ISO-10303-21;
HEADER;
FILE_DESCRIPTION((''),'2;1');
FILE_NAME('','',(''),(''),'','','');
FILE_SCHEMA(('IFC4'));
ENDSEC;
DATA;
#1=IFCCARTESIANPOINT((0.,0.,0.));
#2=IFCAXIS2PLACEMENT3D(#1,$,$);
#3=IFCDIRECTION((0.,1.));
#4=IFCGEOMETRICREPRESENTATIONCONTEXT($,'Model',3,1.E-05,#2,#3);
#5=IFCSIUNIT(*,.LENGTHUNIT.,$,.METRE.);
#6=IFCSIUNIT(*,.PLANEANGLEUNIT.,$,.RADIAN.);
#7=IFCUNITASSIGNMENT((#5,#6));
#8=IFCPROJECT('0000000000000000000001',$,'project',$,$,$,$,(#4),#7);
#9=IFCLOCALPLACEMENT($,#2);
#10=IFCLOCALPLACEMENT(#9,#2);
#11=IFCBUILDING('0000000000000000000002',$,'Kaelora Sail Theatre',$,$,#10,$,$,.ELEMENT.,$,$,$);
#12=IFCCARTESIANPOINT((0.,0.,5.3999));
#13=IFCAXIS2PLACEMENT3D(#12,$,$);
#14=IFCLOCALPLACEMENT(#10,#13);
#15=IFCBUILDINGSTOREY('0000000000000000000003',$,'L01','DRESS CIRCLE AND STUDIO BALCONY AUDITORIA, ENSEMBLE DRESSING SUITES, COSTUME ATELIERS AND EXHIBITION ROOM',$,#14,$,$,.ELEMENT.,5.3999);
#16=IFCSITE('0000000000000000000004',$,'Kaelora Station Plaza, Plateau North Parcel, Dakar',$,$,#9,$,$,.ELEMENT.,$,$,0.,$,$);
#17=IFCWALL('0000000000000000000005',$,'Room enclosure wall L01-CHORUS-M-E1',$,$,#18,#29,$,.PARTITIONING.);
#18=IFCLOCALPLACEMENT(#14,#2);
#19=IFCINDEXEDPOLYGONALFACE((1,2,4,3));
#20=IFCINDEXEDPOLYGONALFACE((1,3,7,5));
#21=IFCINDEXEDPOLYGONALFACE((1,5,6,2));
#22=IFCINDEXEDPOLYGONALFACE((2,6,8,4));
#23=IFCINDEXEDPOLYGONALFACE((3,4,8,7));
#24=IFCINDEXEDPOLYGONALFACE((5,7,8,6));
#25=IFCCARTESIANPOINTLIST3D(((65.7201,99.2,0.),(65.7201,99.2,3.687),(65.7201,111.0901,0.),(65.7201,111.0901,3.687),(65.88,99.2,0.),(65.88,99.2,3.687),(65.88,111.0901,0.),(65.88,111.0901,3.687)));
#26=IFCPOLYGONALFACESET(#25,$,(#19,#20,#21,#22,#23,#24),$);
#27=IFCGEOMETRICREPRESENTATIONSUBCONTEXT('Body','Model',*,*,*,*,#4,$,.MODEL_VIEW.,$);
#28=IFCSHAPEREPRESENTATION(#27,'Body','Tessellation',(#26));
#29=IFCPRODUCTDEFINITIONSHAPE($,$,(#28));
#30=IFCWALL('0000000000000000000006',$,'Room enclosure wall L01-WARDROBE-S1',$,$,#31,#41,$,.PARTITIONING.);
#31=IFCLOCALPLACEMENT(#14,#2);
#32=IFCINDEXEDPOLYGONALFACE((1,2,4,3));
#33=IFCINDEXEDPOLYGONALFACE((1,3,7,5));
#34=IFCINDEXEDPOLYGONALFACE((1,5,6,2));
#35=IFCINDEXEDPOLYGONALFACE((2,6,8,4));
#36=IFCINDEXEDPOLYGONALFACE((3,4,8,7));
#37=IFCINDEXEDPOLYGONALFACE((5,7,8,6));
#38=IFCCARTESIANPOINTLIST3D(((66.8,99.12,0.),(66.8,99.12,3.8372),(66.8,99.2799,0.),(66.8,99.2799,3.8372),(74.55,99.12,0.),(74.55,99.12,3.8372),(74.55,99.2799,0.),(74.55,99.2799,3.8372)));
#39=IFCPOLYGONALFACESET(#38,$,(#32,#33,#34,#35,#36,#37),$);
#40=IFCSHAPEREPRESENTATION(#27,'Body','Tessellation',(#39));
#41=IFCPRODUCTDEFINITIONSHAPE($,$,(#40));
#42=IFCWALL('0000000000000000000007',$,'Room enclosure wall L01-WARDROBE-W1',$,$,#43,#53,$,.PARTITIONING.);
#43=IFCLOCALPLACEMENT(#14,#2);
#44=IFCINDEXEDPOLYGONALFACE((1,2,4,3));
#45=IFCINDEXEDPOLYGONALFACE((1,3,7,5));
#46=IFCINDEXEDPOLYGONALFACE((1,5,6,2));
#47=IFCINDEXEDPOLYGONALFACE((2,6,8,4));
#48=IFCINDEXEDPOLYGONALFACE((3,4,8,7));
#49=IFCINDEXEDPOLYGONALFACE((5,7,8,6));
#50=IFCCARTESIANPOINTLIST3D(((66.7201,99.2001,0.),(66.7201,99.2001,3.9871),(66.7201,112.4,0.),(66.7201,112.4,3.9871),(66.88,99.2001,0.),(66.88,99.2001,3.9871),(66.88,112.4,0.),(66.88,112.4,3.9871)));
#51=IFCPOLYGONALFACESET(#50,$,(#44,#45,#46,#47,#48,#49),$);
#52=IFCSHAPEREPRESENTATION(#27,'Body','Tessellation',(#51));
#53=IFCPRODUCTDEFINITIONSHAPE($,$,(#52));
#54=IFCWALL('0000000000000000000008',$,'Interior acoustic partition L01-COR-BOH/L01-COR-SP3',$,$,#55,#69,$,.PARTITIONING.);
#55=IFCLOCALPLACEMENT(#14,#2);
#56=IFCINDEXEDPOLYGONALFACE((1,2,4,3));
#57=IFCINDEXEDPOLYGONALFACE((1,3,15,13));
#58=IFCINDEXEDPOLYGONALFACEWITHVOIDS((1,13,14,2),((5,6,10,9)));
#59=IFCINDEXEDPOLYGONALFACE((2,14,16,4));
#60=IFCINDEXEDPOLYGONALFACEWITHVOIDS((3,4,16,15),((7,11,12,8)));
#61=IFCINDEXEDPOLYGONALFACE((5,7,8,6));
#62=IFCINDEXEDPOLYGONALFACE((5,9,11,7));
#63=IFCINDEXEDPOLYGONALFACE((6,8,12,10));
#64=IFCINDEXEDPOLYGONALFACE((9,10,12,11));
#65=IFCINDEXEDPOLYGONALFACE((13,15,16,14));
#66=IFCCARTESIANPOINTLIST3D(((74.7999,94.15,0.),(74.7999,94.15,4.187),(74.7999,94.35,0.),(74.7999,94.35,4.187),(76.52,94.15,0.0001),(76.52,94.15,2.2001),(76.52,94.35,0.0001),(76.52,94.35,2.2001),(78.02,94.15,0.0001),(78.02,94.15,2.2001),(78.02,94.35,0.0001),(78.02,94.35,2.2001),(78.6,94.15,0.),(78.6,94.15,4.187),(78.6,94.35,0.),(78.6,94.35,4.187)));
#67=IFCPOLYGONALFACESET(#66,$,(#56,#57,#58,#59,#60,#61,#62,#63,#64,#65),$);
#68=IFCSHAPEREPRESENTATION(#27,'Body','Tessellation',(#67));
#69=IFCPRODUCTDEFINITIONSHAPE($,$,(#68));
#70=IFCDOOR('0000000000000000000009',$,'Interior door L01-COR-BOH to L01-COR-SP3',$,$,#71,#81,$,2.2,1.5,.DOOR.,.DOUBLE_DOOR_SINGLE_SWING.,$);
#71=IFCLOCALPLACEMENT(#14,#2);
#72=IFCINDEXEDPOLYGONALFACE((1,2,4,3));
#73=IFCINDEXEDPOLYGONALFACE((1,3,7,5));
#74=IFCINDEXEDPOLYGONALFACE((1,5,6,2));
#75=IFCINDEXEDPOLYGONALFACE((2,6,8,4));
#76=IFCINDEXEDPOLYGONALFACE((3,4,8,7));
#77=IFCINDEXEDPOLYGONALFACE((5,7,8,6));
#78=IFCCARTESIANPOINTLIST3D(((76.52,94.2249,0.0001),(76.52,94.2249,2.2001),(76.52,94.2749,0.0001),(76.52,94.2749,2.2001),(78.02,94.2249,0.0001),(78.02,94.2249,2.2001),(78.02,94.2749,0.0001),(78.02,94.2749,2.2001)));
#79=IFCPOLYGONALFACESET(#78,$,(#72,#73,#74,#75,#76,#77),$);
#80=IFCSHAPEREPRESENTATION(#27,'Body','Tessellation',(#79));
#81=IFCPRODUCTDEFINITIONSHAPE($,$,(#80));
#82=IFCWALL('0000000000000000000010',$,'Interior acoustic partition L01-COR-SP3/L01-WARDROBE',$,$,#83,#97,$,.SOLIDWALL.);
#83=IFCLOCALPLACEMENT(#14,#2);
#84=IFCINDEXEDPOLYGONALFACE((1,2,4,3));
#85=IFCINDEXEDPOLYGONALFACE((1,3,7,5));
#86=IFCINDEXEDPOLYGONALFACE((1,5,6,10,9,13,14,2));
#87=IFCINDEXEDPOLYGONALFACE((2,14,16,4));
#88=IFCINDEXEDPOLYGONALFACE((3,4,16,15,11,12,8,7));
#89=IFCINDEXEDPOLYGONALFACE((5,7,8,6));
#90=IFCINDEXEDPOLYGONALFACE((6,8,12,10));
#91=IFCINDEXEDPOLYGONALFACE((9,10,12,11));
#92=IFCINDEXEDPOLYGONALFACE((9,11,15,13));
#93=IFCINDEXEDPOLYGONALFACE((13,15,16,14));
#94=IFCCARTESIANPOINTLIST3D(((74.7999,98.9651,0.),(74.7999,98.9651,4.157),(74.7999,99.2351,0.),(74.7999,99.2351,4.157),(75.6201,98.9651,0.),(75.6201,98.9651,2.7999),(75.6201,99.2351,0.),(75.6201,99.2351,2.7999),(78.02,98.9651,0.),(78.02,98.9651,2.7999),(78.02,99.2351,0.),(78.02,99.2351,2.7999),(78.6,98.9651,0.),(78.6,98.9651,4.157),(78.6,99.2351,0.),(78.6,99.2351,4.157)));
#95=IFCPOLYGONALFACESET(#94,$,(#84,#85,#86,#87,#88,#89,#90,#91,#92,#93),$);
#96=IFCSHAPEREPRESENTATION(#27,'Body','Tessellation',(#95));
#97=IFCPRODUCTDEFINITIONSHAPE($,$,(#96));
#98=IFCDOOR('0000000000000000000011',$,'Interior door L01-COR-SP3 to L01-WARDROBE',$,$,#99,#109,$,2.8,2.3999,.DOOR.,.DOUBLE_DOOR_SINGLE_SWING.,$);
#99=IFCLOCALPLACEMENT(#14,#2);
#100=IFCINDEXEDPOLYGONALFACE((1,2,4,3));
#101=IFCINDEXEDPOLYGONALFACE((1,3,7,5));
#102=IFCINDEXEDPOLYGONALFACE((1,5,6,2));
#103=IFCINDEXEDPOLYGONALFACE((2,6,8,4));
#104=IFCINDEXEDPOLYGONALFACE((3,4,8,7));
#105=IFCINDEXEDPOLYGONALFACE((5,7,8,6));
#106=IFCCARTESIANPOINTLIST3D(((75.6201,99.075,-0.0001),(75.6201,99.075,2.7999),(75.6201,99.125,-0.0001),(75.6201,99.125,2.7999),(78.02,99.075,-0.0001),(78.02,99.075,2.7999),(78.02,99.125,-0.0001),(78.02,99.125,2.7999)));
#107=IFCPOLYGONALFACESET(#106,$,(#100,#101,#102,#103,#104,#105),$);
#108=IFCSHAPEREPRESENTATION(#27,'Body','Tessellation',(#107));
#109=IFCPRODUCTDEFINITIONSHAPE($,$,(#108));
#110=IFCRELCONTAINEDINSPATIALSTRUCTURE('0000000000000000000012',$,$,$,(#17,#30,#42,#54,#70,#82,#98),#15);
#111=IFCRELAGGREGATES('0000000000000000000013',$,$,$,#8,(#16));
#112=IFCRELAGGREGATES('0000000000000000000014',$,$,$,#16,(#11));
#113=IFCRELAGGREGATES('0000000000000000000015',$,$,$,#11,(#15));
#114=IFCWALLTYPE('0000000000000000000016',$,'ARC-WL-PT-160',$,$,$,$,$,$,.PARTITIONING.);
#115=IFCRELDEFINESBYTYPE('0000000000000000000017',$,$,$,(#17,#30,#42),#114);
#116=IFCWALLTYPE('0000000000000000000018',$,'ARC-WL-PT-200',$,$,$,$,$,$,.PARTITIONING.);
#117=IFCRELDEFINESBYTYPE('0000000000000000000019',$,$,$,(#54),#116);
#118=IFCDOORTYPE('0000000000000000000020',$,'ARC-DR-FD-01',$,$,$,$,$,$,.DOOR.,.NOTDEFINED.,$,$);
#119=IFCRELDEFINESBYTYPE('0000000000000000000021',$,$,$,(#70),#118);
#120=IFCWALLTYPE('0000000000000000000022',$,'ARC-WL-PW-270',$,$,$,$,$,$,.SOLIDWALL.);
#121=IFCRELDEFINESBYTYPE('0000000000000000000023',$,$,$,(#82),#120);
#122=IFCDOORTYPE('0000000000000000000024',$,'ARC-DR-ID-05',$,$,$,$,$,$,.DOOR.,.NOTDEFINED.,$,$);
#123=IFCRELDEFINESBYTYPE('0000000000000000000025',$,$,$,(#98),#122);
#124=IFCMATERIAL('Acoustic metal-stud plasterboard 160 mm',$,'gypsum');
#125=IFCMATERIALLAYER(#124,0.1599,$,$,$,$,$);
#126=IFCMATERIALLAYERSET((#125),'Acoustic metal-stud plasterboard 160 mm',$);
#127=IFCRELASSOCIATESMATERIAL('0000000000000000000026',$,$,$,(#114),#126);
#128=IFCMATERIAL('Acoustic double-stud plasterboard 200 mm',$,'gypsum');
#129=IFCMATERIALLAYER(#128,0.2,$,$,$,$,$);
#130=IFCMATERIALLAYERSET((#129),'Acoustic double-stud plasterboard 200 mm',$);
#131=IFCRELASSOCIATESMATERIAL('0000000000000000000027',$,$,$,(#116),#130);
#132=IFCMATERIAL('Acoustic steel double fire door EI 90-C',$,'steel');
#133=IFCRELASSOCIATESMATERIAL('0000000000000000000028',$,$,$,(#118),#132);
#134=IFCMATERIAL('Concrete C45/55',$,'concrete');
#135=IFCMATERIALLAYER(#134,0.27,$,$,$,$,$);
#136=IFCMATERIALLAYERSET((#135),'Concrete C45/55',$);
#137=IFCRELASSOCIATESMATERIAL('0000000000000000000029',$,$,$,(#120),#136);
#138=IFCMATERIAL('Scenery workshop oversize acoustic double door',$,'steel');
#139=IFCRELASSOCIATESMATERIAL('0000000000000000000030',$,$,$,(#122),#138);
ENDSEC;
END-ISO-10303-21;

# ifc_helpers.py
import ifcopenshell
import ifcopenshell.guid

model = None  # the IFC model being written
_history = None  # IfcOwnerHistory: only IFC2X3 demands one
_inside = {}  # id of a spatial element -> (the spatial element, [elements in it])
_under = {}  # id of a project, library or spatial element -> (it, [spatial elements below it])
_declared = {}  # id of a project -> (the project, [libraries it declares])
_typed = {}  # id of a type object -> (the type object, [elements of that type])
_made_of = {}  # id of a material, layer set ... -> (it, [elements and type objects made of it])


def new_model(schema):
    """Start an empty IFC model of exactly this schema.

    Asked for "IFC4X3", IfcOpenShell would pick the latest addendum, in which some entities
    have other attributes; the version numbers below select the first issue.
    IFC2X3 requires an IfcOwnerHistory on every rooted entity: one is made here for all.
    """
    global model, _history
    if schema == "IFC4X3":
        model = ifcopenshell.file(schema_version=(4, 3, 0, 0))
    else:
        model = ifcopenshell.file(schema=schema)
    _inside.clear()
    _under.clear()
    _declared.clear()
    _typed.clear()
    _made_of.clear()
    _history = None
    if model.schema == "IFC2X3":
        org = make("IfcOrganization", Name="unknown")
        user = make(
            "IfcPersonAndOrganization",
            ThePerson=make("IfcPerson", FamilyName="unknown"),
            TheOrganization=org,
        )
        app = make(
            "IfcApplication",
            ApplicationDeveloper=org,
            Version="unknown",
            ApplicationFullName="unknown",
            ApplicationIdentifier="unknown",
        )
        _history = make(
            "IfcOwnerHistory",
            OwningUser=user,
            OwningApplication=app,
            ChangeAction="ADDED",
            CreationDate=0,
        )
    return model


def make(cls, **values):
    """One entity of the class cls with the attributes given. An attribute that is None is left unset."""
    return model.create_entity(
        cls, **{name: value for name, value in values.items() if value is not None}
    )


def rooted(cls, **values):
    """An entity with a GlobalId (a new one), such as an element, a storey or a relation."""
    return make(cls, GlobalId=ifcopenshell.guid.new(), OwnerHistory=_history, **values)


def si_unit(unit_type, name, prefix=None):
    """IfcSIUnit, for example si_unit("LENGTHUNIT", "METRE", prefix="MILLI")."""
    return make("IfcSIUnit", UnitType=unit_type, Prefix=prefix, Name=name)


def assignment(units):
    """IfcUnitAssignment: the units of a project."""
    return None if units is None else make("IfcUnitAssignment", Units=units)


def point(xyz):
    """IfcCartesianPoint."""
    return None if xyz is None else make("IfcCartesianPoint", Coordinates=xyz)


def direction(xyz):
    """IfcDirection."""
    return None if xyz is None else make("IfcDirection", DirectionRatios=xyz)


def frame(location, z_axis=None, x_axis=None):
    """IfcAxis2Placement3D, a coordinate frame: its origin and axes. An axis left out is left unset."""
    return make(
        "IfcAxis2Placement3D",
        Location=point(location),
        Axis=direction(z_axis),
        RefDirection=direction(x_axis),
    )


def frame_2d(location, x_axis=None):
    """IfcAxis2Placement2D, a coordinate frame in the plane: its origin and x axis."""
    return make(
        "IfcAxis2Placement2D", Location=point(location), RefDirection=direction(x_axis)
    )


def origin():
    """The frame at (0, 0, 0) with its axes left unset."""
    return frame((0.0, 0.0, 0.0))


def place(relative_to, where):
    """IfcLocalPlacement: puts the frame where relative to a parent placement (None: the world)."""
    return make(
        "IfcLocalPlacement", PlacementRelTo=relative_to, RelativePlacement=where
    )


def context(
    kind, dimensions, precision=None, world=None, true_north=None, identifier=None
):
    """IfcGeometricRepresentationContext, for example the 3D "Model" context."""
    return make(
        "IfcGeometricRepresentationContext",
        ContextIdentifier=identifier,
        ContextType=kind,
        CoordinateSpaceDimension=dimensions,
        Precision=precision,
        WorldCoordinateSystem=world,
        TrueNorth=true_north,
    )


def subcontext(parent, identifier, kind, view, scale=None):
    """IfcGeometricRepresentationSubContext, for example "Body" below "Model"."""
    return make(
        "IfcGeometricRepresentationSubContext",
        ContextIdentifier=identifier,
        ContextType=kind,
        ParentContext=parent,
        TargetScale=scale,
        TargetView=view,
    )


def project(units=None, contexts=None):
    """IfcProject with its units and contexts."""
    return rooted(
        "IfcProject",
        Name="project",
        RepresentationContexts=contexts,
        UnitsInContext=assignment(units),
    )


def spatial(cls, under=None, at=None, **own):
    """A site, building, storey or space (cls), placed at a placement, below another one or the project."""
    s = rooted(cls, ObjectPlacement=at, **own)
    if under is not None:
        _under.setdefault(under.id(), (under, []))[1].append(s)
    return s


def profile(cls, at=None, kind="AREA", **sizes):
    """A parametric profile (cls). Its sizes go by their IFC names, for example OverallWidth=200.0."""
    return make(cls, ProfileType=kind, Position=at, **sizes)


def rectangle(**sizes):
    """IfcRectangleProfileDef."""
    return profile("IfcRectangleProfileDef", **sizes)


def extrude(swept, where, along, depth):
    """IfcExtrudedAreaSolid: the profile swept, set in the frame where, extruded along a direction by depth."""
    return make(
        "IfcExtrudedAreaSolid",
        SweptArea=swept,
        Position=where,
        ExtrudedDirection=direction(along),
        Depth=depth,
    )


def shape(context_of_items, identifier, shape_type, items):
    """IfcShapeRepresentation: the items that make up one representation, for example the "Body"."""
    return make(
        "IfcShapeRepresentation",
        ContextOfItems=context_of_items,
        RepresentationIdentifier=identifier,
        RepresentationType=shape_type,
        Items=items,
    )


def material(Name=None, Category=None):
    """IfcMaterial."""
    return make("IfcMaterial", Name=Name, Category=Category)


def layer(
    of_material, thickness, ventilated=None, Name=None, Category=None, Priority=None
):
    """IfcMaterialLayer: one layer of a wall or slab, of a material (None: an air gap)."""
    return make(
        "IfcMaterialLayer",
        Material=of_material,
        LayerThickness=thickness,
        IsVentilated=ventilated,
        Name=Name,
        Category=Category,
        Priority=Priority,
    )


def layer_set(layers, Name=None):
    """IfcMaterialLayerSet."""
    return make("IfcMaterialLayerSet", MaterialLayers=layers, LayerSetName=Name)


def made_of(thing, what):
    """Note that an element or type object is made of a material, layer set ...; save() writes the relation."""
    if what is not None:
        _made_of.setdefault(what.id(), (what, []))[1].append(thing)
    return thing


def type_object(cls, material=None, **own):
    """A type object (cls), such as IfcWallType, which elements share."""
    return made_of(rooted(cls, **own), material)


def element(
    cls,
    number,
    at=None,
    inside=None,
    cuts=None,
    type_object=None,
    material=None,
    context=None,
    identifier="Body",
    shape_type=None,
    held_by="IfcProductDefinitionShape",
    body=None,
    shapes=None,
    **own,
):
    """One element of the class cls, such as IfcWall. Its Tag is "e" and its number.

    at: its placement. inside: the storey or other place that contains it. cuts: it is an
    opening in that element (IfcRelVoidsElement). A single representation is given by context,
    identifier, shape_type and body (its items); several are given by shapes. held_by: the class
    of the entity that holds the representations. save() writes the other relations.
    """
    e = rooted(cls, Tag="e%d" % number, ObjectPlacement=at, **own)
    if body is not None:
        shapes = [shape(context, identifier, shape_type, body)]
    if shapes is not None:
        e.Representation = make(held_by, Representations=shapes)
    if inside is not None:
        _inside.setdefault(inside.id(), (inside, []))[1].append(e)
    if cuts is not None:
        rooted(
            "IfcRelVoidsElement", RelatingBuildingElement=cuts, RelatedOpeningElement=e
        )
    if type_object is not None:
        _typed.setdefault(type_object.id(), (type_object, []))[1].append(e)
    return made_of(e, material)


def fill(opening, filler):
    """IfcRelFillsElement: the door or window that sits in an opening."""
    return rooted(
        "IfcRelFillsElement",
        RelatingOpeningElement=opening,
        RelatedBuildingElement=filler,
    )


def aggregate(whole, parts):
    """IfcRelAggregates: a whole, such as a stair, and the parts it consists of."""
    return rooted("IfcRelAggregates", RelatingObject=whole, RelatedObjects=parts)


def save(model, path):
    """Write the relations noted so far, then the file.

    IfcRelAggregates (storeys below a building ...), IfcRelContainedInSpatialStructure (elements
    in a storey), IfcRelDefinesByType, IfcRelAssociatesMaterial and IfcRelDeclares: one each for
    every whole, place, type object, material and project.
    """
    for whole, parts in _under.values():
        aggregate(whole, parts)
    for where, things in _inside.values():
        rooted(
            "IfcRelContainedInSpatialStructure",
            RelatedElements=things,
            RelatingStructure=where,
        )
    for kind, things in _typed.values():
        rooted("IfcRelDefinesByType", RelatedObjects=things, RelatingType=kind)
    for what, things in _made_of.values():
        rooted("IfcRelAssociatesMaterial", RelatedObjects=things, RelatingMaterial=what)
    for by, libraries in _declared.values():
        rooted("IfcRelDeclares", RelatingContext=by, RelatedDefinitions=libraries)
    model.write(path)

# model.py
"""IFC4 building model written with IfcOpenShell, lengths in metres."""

from ifc_helpers import new_model, si_unit, direction, frame, frame_2d, origin, place, context, subcontext, project, spatial, rectangle, extrude, material, layer, layer_set, type_object, element, fill, save


model = new_model("IFC4")

# Units and contexts
model_context = context("Model", 3, precision=1e-05, world=origin(), true_north=direction((0.0, 1.0)))
body_context = subcontext(model_context, "Body", "Model", "MODEL_VIEW")
ifc_project = project(units=[si_unit("LENGTHUNIT", "METRE"), si_unit("PLANEANGLEUNIT", "RADIAN")], contexts=[model_context])

# Site, building, storey
site_placement = place(None, origin())
site = spatial("IfcSite", under=ifc_project, at=site_placement, Name="Kaelora Station Plaza, Plateau North Parcel, Dakar", CompositionType="ELEMENT", RefElevation=0.0)
building_placement = place(site_placement, origin())
building = spatial("IfcBuilding", under=site, at=building_placement, Name="Kaelora Sail Theatre", CompositionType="ELEMENT")
storey_placement = place(building_placement, frame((0.0, 0.0, 5.3999)))
storey = spatial("IfcBuildingStorey", under=building, at=storey_placement, Name="L01", Description="DRESS CIRCLE AND STUDIO BALCONY AUDITORIA, ENSEMBLE DRESSING SUITES, COSTUME ATELIERS AND EXHIBITION ROOM", CompositionType="ELEMENT", Elevation=5.3999)

# Walls
ifc_material_1 = material(Name="Acoustic metal-stud plasterboard 160 mm", Category="gypsum")
ifc_layer_1 = layer(ifc_material_1, 0.1599)
ifc_layer_set_1 = layer_set([ifc_layer_1], Name="Acoustic metal-stud plasterboard 160 mm")
wall_type_1 = type_object("IfcWallType", Name="ARC-WL-PT-160", PredefinedType="PARTITIONING", material=ifc_layer_set_1)
wall_1_placement = place(storey_placement, frame((65.8, 99.2, 0.0), z_axis=(0.0, 0.0, 1.0), x_axis=(0.0, 1.0, 0.0)))
element("IfcWall", 1, at=wall_1_placement, inside=storey, type_object=wall_type_1, Name="Room enclosure wall L01-CHORUS-M-E1", PredefinedType="PARTITIONING", context=body_context, shape_type="SweptSolid", body=[
    extrude(rectangle(XDim=11.8901, YDim=0.1599, at=frame_2d((5.9451, 0.0))), origin(), (0.0, 0.0, 1.0), 3.687),
])
wall_2_placement = place(storey_placement, frame((66.8, 99.2, 0.0), z_axis=(0.0, 0.0, 1.0), x_axis=(1.0, 0.0, 0.0)))
element("IfcWall", 2, at=wall_2_placement, inside=storey, type_object=wall_type_1, Name="Room enclosure wall L01-WARDROBE-S1", PredefinedType="PARTITIONING", context=body_context, shape_type="SweptSolid", body=[
    extrude(rectangle(XDim=7.75, YDim=0.1599, at=frame_2d((3.875, 0.0))), origin(), (0.0, 0.0, 1.0), 3.8372),
])
wall_3_placement = place(storey_placement, frame((66.8, 99.2, 0.0), z_axis=(0.0, 0.0, 1.0), x_axis=(0.0, 1.0, 0.0)))
element("IfcWall", 3, at=wall_3_placement, inside=storey, type_object=wall_type_1, Name="Room enclosure wall L01-WARDROBE-W1", PredefinedType="PARTITIONING", context=body_context, shape_type="SweptSolid", body=[
    extrude(rectangle(XDim=13.2, YDim=0.1599, at=frame_2d((6.6001, 0.0))), origin(), (0.0, 0.0, 1.0), 3.9871),
])

# Walls, openings, doors
ifc_material_2 = material(Name="Acoustic double-stud plasterboard 200 mm", Category="gypsum")
ifc_layer_2 = layer(ifc_material_2, 0.2)
ifc_layer_set_2 = layer_set([ifc_layer_2], Name="Acoustic double-stud plasterboard 200 mm")
wall_type_2 = type_object("IfcWallType", Name="ARC-WL-PT-200", PredefinedType="PARTITIONING", material=ifc_layer_set_2)
wall_4_placement = place(storey_placement, frame((74.8, 94.25, 0.0), z_axis=(0.0, 0.0, 1.0), x_axis=(1.0, 0.0, 0.0)))
wall_4 = element("IfcWall", 4, at=wall_4_placement, inside=storey, type_object=wall_type_2, Name="Interior acoustic partition L01-COR-BOH/L01-COR-SP3", PredefinedType="PARTITIONING", context=body_context, shape_type="SweptSolid", body=[
    extrude(rectangle(XDim=3.8, YDim=0.2, at=frame_2d((1.8999, 0.0))), origin(), (0.0, 0.0, 1.0), 4.187),
])
opening_1_placement = place(wall_4_placement, frame((1.72, 0.0, 0.0)))
opening_1 = element("IfcOpeningElement", 5, at=opening_1_placement, cuts=wall_4, PredefinedType="OPENING", context=body_context, shape_type="SweptSolid", body=[
    extrude(rectangle(XDim=1.5, YDim=2.2, at=frame_2d((0.75, 1.1001))), frame((0.0, 0.1101, 0.0), z_axis=(0.0, -1.0, 0.0), x_axis=(1.0, 0.0, 0.0)), (0.0, 0.0, 1.0), 0.22),
])
ifc_material_3 = material(Name="Acoustic steel double fire door EI 90-C", Category="steel")
door_type_1 = type_object("IfcDoorType", Name="ARC-DR-FD-01", OperationType="NOTDEFINED", PredefinedType="DOOR", material=ifc_material_3)
door_1_placement = place(opening_1_placement, origin())
door_1 = element("IfcDoor", 6, at=door_1_placement, inside=storey, type_object=door_type_1, Name="Interior door L01-COR-BOH to L01-COR-SP3", OperationType="DOUBLE_DOOR_SINGLE_SWING", OverallHeight=2.2, OverallWidth=1.5, PredefinedType="DOOR", context=body_context, shape_type="SweptSolid", body=[
    extrude(rectangle(XDim=1.5, YDim=2.2, at=frame_2d((0.75, 1.1001))), frame((0.0, 0.0249, 0.0), z_axis=(0.0, -1.0, 0.0), x_axis=(1.0, 0.0, 0.0)), (0.0, 0.0, 1.0), 0.05),
])
fill(opening_1, door_1)
ifc_material_4 = material(Name="Concrete C45/55", Category="concrete")
ifc_layer_3 = layer(ifc_material_4, 0.27)
ifc_layer_set_3 = layer_set([ifc_layer_3], Name="Concrete C45/55")
wall_type_3 = type_object("IfcWallType", Name="ARC-WL-PW-270", PredefinedType="SOLIDWALL", material=ifc_layer_set_3)
wall_5_placement = place(storey_placement, frame((74.8, 99.1001, 0.0), z_axis=(0.0, 0.0, 1.0), x_axis=(1.0, 0.0, 0.0)))
wall_5 = element("IfcWall", 7, at=wall_5_placement, inside=storey, type_object=wall_type_3, Name="Interior acoustic partition L01-COR-SP3/L01-WARDROBE", PredefinedType="SOLIDWALL", context=body_context, shape_type="SweptSolid", body=[
    extrude(rectangle(XDim=3.8, YDim=0.27, at=frame_2d((1.8999, 0.0))), origin(), (0.0, 0.0, 1.0), 4.157),
])
opening_2_placement = place(wall_5_placement, frame((0.8201, 0.0, 0.0)))
opening_2 = element("IfcOpeningElement", 8, at=opening_2_placement, cuts=wall_5, PredefinedType="OPENING", context=body_context, shape_type="SweptSolid", body=[
    extrude(rectangle(XDim=2.3999, YDim=2.8, at=frame_2d((1.2, 1.3999))), frame((0.0, 0.145, 0.0), z_axis=(0.0, -1.0, 0.0), x_axis=(1.0, 0.0, 0.0)), (0.0, 0.0, 1.0), 0.29),
])
ifc_material_5 = material(Name="Scenery workshop oversize acoustic double door", Category="steel")
door_type_2 = type_object("IfcDoorType", Name="ARC-DR-ID-05", OperationType="NOTDEFINED", PredefinedType="DOOR", material=ifc_material_5)
door_2_placement = place(opening_2_placement, origin())
door_2 = element("IfcDoor", 9, at=door_2_placement, inside=storey, type_object=door_type_2, Name="Interior door L01-COR-SP3 to L01-WARDROBE", OperationType="DOUBLE_DOOR_SINGLE_SWING", OverallHeight=2.8, OverallWidth=2.3999, PredefinedType="DOOR", context=body_context, shape_type="SweptSolid", body=[
    extrude(rectangle(XDim=2.3999, YDim=2.8, at=frame_2d((1.2, 1.3999))), frame((0.0, 0.0249, 0.0), z_axis=(0.0, -1.0, 0.0), x_axis=(1.0, 0.0, 0.0)), (0.0, 0.0, 1.0), 0.05),
])
fill(opening_2, door_2)

save(model, "model.ifc")
